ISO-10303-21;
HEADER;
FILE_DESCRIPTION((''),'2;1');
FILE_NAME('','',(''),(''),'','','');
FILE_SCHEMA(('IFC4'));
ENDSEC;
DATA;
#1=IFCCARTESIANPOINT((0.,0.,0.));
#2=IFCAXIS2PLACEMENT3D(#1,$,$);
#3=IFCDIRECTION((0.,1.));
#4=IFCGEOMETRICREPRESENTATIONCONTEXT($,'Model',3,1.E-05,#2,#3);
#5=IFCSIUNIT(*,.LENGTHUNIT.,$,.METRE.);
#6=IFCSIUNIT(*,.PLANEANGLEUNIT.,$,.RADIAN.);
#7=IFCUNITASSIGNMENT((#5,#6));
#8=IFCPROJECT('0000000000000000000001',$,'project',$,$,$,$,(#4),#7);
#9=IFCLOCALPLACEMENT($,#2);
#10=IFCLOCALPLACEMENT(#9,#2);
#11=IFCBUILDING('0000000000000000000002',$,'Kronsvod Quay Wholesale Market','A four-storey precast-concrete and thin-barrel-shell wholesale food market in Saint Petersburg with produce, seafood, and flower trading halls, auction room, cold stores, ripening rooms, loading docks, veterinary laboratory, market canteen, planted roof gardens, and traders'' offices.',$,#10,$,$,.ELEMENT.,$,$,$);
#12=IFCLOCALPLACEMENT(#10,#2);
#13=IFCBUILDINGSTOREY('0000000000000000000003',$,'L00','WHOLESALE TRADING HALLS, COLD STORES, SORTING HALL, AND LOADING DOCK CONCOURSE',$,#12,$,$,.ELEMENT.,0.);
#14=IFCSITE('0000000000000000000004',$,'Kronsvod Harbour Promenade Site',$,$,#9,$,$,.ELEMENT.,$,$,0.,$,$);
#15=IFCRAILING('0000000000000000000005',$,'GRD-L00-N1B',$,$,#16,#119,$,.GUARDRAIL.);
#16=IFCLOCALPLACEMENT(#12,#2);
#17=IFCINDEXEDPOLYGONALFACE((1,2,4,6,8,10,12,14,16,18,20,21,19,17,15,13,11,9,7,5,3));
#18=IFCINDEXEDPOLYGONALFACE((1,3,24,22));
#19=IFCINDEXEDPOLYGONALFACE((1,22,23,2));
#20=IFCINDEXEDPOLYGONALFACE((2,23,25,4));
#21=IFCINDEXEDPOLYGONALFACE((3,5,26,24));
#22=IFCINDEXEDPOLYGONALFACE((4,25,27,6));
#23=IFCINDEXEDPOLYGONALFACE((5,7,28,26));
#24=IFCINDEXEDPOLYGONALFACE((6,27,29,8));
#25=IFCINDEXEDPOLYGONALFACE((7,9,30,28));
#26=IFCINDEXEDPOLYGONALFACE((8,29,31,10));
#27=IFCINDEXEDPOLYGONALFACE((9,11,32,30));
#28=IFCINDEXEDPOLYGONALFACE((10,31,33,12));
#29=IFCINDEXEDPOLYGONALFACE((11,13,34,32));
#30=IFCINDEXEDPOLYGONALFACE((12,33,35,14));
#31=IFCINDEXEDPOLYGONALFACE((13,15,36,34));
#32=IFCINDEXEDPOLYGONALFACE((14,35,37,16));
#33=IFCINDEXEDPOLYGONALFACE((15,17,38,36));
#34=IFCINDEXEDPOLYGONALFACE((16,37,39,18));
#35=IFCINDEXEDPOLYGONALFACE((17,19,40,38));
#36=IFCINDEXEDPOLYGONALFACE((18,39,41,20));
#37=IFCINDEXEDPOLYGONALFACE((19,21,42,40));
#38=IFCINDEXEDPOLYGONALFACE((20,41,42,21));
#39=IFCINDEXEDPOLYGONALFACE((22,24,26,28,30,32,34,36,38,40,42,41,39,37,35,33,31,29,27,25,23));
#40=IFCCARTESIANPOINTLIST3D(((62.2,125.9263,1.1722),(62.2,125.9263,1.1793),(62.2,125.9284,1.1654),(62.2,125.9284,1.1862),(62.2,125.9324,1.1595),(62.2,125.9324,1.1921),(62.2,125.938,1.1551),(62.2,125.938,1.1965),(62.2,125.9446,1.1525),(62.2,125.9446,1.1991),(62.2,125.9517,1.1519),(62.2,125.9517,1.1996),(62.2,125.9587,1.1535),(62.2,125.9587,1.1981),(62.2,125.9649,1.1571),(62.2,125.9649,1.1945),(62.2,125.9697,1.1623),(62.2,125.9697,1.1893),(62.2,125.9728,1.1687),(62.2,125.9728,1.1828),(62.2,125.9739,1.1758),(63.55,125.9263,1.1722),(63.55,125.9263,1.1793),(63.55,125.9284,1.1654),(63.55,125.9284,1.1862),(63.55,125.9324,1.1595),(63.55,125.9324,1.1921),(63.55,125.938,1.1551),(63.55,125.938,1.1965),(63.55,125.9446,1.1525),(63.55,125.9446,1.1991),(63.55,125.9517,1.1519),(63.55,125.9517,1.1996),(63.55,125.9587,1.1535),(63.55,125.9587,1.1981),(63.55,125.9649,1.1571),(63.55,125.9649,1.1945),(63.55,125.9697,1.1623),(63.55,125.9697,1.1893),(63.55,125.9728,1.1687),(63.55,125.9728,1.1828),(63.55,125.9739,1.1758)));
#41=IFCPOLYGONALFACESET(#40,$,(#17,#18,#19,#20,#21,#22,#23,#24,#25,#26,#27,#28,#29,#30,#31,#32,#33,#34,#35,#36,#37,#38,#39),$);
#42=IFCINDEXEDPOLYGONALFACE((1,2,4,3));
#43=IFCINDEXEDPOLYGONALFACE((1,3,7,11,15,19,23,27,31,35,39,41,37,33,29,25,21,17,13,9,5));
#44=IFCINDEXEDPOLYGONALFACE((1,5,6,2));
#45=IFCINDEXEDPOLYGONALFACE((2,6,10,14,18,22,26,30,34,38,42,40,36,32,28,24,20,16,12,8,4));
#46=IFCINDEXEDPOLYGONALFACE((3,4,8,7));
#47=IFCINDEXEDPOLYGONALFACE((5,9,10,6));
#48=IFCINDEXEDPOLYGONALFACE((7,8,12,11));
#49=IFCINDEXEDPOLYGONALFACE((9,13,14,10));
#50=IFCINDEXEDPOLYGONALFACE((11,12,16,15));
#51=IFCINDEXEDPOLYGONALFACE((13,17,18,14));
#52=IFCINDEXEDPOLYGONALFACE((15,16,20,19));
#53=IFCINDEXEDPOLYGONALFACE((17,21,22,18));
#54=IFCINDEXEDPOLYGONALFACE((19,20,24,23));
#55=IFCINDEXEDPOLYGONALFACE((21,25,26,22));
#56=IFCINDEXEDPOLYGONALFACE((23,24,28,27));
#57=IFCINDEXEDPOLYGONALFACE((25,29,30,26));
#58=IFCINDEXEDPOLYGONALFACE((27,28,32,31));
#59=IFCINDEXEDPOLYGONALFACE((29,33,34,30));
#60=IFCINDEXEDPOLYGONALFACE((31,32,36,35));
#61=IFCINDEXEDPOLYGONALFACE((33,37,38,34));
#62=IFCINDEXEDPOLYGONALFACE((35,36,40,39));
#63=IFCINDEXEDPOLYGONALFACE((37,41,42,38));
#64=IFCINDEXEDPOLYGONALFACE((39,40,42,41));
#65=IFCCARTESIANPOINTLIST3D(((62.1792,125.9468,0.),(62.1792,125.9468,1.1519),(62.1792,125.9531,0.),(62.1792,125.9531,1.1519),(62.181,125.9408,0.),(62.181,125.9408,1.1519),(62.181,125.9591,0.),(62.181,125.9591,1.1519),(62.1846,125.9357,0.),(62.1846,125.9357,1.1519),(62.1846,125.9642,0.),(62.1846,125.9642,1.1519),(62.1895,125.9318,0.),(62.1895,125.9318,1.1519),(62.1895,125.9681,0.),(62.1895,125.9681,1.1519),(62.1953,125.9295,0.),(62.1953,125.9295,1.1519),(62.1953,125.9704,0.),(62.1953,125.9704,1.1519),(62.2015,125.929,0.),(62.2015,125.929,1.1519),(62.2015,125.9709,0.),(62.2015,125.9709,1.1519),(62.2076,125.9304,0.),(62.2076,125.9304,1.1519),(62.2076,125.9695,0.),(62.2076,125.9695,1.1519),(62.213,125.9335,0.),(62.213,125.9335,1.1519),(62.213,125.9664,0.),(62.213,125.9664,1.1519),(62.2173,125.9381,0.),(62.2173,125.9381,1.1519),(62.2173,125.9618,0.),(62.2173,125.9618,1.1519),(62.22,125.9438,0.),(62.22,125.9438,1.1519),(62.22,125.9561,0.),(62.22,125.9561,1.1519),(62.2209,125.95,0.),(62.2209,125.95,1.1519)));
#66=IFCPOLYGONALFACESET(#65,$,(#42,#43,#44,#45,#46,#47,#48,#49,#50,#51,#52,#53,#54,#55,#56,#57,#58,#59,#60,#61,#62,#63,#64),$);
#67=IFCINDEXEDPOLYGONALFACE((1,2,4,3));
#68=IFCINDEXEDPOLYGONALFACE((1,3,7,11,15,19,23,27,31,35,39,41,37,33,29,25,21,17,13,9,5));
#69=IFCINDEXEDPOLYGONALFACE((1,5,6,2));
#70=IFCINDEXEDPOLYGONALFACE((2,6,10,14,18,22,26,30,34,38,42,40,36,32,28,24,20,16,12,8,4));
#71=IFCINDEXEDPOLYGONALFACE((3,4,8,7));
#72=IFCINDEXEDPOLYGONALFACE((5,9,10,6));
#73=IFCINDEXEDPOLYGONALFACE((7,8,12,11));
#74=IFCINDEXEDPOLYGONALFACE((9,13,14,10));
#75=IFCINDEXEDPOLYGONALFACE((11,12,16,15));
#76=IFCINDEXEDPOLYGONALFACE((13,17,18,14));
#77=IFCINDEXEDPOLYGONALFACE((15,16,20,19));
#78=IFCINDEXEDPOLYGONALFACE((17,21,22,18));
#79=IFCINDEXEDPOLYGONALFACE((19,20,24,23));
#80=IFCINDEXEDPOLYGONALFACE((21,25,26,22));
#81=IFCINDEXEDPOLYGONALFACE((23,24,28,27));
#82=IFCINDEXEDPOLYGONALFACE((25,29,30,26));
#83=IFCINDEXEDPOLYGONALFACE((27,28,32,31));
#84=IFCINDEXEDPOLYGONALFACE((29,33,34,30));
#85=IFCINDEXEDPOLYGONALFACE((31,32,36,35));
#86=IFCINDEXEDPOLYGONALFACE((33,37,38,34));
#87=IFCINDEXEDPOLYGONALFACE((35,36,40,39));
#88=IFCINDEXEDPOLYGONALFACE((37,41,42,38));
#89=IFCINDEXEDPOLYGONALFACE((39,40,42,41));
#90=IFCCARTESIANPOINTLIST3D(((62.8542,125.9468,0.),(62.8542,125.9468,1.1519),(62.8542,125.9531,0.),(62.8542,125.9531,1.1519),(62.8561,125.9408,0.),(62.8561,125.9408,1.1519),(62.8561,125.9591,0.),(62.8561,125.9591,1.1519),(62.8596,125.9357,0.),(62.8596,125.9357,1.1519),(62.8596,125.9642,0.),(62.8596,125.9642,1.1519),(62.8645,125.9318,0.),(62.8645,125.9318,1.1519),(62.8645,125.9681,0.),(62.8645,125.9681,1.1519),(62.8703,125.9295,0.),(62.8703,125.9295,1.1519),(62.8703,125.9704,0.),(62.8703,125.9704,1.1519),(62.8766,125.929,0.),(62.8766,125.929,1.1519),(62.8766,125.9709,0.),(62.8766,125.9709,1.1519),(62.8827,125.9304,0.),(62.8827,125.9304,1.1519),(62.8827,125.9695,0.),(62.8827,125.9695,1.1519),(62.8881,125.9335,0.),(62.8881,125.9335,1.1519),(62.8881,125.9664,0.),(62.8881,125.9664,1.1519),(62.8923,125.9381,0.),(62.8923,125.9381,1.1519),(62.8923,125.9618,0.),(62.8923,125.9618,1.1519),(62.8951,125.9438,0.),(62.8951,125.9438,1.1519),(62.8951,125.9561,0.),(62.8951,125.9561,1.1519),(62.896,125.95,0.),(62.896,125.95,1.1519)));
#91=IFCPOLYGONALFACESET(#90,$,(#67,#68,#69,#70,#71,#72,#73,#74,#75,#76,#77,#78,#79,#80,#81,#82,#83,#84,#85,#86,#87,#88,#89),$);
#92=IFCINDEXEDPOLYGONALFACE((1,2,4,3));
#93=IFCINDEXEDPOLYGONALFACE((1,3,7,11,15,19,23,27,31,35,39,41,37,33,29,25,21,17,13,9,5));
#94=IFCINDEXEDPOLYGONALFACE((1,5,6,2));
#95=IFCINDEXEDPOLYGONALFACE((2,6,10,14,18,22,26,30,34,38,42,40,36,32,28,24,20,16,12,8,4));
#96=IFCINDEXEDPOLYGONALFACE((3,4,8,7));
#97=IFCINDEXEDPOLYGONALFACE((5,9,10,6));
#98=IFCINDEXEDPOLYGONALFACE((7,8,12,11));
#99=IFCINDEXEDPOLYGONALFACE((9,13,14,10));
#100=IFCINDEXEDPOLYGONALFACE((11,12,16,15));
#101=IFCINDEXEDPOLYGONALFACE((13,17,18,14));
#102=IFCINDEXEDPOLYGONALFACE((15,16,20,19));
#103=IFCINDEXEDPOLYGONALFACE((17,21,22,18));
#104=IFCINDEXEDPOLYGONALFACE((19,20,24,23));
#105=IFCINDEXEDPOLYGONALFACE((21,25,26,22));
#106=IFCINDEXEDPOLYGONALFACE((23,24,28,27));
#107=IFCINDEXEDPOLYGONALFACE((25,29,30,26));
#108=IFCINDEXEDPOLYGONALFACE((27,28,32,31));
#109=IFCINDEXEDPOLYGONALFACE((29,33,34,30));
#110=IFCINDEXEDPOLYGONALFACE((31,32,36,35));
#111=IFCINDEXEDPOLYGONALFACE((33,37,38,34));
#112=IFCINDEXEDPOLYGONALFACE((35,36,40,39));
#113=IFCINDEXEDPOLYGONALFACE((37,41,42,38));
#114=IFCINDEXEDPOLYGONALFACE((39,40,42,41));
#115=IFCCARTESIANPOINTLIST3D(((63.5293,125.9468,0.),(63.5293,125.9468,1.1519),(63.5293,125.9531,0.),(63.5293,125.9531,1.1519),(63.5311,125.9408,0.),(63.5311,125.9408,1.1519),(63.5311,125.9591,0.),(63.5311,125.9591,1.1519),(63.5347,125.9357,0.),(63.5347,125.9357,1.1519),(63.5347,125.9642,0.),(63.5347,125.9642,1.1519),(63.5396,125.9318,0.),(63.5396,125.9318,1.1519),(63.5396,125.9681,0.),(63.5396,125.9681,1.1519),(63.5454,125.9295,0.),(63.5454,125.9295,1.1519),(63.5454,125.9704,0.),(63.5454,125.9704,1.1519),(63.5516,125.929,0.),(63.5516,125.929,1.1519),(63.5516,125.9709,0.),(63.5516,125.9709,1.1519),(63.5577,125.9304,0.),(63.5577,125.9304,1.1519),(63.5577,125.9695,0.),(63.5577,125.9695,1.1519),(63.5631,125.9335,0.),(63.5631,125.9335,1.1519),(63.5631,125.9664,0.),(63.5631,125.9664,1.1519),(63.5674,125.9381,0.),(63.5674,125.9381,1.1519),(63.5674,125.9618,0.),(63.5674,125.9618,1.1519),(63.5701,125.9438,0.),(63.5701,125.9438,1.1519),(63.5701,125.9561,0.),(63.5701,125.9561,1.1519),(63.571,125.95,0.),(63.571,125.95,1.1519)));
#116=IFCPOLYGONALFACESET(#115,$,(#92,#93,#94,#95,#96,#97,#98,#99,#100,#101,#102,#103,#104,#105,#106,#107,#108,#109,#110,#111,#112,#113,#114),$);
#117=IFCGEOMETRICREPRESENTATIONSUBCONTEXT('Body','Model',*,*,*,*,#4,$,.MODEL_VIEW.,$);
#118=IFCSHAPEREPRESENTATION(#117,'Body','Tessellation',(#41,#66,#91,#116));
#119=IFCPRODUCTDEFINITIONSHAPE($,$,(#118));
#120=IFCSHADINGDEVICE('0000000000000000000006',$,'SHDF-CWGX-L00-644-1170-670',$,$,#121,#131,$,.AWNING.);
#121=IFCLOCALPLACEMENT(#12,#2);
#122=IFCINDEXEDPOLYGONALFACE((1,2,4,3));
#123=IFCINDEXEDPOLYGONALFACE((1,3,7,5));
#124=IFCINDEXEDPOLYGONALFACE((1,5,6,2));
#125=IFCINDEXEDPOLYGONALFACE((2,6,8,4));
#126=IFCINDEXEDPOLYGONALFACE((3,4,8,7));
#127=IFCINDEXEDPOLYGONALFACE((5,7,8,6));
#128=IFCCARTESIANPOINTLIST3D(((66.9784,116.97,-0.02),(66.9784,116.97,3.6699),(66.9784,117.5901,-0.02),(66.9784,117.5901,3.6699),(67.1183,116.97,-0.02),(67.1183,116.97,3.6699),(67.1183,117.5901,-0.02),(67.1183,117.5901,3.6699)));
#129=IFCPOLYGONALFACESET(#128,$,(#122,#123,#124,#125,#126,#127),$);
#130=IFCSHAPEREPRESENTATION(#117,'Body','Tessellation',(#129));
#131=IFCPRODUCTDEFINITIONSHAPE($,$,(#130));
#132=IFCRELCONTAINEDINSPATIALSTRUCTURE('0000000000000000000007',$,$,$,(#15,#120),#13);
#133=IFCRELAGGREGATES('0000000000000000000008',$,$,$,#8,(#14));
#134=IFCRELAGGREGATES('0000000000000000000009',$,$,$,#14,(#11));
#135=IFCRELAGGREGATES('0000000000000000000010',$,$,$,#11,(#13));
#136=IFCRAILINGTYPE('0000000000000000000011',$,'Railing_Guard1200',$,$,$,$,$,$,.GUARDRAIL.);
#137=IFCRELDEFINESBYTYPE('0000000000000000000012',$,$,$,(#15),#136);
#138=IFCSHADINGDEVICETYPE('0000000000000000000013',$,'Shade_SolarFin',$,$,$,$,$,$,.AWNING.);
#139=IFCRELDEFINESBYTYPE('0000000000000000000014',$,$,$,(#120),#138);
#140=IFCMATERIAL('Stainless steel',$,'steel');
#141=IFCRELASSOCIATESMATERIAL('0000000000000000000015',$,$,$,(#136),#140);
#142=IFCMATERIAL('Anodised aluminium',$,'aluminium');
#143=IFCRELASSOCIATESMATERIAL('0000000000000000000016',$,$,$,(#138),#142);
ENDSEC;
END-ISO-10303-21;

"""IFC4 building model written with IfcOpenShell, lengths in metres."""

from ifc_helpers import new_model, si_unit, direction, frame, origin, origin_2d, place, context, subcontext, project, spatial, rectangle, circle, extrude, material, type_object, element, save


model = new_model("IFC4")

# Units and contexts
model_context = context("Model", 3, precision=1e-05, world=origin(), true_north=direction((0.0, 1.0)))
body_context = subcontext(model_context, "Body", "Model", "MODEL_VIEW")
ifc_project = project(units=[si_unit("LENGTHUNIT", "METRE"), si_unit("PLANEANGLEUNIT", "RADIAN")], contexts=[model_context])

# Site, building, storey
site_placement = place(None, origin())
site = spatial("IfcSite", under=ifc_project, at=site_placement, Name="Kronsvod Harbour Promenade Site", CompositionType="ELEMENT", RefElevation=0.0)
building_placement = place(site_placement, origin())
building = spatial("IfcBuilding", under=site, at=building_placement, Name="Kronsvod Quay Wholesale Market", Description="A four-storey precast-concrete and thin-barrel-shell wholesale food market in Saint Petersburg with produce, seafood, and flower trading halls, auction room, cold stores, ripening rooms, loading docks, veterinary laboratory, market canteen, planted roof gardens, and traders' offices.", CompositionType="ELEMENT")
storey_placement = place(building_placement, origin())
storey = spatial("IfcBuildingStorey", under=building, at=storey_placement, Name="L00", Description="WHOLESALE TRADING HALLS, COLD STORES, SORTING HALL, AND LOADING DOCK CONCOURSE", CompositionType="ELEMENT", Elevation=0.0)

# Railing
ifc_material_1 = material(Name="Stainless steel", Category="steel")
railing_type = type_object("IfcRailingType", Name="Railing_Guard1200", PredefinedType="GUARDRAIL", material=ifc_material_1)
railing_1_placement = place(storey_placement, frame((62.2, 125.95, 0.0)))
element("IfcRailing", 1, at=railing_1_placement, inside=storey, type_object=railing_type, Name="GRD-L00-N1B", PredefinedType="GUARDRAIL", context=body_context, shape_type="SweptSolid", body=[
    extrude(circle(Radius=0.0239, at=origin_2d()), frame((0.0, 0.0, 1.1758), z_axis=(1.0, 0.0, 0.0), x_axis=(0.0, 1.0, 0.0)), (0.0, 0.0, 1.0), 1.3501),
    extrude(circle(Radius=0.021, at=origin_2d()), origin(), (0.0, 0.0, 1.0), 1.1519),
    extrude(circle(Radius=0.021, at=origin_2d()), frame((0.675, 0.0, 0.0)), (0.0, 0.0, 1.0), 1.1519),
    extrude(circle(Radius=0.021, at=origin_2d()), frame((1.3501, 0.0, 0.0)), (0.0, 0.0, 1.0), 1.1519),
])

# Shading device
ifc_material_2 = material(Name="Anodised aluminium", Category="aluminium")
shading_device_type = type_object("IfcShadingDeviceType", Name="Shade_SolarFin", PredefinedType="AWNING", material=ifc_material_2)
shading_device_placement = place(storey_placement, frame((67.0483, 117.28, -0.02), z_axis=(0.0, 0.0, 1.0), x_axis=(1.0, 0.0, 0.0)))
element("IfcShadingDevice", 2, at=shading_device_placement, inside=storey, type_object=shading_device_type, Name="SHDF-CWGX-L00-644-1170-670", PredefinedType="AWNING", context=body_context, shape_type="SweptSolid", body=[
    extrude(rectangle(XDim=0.1399, YDim=0.6201, at=origin_2d()), origin(), (0.0, 0.0, 1.0), 3.6899),
])

save(model, "model.ifc")
